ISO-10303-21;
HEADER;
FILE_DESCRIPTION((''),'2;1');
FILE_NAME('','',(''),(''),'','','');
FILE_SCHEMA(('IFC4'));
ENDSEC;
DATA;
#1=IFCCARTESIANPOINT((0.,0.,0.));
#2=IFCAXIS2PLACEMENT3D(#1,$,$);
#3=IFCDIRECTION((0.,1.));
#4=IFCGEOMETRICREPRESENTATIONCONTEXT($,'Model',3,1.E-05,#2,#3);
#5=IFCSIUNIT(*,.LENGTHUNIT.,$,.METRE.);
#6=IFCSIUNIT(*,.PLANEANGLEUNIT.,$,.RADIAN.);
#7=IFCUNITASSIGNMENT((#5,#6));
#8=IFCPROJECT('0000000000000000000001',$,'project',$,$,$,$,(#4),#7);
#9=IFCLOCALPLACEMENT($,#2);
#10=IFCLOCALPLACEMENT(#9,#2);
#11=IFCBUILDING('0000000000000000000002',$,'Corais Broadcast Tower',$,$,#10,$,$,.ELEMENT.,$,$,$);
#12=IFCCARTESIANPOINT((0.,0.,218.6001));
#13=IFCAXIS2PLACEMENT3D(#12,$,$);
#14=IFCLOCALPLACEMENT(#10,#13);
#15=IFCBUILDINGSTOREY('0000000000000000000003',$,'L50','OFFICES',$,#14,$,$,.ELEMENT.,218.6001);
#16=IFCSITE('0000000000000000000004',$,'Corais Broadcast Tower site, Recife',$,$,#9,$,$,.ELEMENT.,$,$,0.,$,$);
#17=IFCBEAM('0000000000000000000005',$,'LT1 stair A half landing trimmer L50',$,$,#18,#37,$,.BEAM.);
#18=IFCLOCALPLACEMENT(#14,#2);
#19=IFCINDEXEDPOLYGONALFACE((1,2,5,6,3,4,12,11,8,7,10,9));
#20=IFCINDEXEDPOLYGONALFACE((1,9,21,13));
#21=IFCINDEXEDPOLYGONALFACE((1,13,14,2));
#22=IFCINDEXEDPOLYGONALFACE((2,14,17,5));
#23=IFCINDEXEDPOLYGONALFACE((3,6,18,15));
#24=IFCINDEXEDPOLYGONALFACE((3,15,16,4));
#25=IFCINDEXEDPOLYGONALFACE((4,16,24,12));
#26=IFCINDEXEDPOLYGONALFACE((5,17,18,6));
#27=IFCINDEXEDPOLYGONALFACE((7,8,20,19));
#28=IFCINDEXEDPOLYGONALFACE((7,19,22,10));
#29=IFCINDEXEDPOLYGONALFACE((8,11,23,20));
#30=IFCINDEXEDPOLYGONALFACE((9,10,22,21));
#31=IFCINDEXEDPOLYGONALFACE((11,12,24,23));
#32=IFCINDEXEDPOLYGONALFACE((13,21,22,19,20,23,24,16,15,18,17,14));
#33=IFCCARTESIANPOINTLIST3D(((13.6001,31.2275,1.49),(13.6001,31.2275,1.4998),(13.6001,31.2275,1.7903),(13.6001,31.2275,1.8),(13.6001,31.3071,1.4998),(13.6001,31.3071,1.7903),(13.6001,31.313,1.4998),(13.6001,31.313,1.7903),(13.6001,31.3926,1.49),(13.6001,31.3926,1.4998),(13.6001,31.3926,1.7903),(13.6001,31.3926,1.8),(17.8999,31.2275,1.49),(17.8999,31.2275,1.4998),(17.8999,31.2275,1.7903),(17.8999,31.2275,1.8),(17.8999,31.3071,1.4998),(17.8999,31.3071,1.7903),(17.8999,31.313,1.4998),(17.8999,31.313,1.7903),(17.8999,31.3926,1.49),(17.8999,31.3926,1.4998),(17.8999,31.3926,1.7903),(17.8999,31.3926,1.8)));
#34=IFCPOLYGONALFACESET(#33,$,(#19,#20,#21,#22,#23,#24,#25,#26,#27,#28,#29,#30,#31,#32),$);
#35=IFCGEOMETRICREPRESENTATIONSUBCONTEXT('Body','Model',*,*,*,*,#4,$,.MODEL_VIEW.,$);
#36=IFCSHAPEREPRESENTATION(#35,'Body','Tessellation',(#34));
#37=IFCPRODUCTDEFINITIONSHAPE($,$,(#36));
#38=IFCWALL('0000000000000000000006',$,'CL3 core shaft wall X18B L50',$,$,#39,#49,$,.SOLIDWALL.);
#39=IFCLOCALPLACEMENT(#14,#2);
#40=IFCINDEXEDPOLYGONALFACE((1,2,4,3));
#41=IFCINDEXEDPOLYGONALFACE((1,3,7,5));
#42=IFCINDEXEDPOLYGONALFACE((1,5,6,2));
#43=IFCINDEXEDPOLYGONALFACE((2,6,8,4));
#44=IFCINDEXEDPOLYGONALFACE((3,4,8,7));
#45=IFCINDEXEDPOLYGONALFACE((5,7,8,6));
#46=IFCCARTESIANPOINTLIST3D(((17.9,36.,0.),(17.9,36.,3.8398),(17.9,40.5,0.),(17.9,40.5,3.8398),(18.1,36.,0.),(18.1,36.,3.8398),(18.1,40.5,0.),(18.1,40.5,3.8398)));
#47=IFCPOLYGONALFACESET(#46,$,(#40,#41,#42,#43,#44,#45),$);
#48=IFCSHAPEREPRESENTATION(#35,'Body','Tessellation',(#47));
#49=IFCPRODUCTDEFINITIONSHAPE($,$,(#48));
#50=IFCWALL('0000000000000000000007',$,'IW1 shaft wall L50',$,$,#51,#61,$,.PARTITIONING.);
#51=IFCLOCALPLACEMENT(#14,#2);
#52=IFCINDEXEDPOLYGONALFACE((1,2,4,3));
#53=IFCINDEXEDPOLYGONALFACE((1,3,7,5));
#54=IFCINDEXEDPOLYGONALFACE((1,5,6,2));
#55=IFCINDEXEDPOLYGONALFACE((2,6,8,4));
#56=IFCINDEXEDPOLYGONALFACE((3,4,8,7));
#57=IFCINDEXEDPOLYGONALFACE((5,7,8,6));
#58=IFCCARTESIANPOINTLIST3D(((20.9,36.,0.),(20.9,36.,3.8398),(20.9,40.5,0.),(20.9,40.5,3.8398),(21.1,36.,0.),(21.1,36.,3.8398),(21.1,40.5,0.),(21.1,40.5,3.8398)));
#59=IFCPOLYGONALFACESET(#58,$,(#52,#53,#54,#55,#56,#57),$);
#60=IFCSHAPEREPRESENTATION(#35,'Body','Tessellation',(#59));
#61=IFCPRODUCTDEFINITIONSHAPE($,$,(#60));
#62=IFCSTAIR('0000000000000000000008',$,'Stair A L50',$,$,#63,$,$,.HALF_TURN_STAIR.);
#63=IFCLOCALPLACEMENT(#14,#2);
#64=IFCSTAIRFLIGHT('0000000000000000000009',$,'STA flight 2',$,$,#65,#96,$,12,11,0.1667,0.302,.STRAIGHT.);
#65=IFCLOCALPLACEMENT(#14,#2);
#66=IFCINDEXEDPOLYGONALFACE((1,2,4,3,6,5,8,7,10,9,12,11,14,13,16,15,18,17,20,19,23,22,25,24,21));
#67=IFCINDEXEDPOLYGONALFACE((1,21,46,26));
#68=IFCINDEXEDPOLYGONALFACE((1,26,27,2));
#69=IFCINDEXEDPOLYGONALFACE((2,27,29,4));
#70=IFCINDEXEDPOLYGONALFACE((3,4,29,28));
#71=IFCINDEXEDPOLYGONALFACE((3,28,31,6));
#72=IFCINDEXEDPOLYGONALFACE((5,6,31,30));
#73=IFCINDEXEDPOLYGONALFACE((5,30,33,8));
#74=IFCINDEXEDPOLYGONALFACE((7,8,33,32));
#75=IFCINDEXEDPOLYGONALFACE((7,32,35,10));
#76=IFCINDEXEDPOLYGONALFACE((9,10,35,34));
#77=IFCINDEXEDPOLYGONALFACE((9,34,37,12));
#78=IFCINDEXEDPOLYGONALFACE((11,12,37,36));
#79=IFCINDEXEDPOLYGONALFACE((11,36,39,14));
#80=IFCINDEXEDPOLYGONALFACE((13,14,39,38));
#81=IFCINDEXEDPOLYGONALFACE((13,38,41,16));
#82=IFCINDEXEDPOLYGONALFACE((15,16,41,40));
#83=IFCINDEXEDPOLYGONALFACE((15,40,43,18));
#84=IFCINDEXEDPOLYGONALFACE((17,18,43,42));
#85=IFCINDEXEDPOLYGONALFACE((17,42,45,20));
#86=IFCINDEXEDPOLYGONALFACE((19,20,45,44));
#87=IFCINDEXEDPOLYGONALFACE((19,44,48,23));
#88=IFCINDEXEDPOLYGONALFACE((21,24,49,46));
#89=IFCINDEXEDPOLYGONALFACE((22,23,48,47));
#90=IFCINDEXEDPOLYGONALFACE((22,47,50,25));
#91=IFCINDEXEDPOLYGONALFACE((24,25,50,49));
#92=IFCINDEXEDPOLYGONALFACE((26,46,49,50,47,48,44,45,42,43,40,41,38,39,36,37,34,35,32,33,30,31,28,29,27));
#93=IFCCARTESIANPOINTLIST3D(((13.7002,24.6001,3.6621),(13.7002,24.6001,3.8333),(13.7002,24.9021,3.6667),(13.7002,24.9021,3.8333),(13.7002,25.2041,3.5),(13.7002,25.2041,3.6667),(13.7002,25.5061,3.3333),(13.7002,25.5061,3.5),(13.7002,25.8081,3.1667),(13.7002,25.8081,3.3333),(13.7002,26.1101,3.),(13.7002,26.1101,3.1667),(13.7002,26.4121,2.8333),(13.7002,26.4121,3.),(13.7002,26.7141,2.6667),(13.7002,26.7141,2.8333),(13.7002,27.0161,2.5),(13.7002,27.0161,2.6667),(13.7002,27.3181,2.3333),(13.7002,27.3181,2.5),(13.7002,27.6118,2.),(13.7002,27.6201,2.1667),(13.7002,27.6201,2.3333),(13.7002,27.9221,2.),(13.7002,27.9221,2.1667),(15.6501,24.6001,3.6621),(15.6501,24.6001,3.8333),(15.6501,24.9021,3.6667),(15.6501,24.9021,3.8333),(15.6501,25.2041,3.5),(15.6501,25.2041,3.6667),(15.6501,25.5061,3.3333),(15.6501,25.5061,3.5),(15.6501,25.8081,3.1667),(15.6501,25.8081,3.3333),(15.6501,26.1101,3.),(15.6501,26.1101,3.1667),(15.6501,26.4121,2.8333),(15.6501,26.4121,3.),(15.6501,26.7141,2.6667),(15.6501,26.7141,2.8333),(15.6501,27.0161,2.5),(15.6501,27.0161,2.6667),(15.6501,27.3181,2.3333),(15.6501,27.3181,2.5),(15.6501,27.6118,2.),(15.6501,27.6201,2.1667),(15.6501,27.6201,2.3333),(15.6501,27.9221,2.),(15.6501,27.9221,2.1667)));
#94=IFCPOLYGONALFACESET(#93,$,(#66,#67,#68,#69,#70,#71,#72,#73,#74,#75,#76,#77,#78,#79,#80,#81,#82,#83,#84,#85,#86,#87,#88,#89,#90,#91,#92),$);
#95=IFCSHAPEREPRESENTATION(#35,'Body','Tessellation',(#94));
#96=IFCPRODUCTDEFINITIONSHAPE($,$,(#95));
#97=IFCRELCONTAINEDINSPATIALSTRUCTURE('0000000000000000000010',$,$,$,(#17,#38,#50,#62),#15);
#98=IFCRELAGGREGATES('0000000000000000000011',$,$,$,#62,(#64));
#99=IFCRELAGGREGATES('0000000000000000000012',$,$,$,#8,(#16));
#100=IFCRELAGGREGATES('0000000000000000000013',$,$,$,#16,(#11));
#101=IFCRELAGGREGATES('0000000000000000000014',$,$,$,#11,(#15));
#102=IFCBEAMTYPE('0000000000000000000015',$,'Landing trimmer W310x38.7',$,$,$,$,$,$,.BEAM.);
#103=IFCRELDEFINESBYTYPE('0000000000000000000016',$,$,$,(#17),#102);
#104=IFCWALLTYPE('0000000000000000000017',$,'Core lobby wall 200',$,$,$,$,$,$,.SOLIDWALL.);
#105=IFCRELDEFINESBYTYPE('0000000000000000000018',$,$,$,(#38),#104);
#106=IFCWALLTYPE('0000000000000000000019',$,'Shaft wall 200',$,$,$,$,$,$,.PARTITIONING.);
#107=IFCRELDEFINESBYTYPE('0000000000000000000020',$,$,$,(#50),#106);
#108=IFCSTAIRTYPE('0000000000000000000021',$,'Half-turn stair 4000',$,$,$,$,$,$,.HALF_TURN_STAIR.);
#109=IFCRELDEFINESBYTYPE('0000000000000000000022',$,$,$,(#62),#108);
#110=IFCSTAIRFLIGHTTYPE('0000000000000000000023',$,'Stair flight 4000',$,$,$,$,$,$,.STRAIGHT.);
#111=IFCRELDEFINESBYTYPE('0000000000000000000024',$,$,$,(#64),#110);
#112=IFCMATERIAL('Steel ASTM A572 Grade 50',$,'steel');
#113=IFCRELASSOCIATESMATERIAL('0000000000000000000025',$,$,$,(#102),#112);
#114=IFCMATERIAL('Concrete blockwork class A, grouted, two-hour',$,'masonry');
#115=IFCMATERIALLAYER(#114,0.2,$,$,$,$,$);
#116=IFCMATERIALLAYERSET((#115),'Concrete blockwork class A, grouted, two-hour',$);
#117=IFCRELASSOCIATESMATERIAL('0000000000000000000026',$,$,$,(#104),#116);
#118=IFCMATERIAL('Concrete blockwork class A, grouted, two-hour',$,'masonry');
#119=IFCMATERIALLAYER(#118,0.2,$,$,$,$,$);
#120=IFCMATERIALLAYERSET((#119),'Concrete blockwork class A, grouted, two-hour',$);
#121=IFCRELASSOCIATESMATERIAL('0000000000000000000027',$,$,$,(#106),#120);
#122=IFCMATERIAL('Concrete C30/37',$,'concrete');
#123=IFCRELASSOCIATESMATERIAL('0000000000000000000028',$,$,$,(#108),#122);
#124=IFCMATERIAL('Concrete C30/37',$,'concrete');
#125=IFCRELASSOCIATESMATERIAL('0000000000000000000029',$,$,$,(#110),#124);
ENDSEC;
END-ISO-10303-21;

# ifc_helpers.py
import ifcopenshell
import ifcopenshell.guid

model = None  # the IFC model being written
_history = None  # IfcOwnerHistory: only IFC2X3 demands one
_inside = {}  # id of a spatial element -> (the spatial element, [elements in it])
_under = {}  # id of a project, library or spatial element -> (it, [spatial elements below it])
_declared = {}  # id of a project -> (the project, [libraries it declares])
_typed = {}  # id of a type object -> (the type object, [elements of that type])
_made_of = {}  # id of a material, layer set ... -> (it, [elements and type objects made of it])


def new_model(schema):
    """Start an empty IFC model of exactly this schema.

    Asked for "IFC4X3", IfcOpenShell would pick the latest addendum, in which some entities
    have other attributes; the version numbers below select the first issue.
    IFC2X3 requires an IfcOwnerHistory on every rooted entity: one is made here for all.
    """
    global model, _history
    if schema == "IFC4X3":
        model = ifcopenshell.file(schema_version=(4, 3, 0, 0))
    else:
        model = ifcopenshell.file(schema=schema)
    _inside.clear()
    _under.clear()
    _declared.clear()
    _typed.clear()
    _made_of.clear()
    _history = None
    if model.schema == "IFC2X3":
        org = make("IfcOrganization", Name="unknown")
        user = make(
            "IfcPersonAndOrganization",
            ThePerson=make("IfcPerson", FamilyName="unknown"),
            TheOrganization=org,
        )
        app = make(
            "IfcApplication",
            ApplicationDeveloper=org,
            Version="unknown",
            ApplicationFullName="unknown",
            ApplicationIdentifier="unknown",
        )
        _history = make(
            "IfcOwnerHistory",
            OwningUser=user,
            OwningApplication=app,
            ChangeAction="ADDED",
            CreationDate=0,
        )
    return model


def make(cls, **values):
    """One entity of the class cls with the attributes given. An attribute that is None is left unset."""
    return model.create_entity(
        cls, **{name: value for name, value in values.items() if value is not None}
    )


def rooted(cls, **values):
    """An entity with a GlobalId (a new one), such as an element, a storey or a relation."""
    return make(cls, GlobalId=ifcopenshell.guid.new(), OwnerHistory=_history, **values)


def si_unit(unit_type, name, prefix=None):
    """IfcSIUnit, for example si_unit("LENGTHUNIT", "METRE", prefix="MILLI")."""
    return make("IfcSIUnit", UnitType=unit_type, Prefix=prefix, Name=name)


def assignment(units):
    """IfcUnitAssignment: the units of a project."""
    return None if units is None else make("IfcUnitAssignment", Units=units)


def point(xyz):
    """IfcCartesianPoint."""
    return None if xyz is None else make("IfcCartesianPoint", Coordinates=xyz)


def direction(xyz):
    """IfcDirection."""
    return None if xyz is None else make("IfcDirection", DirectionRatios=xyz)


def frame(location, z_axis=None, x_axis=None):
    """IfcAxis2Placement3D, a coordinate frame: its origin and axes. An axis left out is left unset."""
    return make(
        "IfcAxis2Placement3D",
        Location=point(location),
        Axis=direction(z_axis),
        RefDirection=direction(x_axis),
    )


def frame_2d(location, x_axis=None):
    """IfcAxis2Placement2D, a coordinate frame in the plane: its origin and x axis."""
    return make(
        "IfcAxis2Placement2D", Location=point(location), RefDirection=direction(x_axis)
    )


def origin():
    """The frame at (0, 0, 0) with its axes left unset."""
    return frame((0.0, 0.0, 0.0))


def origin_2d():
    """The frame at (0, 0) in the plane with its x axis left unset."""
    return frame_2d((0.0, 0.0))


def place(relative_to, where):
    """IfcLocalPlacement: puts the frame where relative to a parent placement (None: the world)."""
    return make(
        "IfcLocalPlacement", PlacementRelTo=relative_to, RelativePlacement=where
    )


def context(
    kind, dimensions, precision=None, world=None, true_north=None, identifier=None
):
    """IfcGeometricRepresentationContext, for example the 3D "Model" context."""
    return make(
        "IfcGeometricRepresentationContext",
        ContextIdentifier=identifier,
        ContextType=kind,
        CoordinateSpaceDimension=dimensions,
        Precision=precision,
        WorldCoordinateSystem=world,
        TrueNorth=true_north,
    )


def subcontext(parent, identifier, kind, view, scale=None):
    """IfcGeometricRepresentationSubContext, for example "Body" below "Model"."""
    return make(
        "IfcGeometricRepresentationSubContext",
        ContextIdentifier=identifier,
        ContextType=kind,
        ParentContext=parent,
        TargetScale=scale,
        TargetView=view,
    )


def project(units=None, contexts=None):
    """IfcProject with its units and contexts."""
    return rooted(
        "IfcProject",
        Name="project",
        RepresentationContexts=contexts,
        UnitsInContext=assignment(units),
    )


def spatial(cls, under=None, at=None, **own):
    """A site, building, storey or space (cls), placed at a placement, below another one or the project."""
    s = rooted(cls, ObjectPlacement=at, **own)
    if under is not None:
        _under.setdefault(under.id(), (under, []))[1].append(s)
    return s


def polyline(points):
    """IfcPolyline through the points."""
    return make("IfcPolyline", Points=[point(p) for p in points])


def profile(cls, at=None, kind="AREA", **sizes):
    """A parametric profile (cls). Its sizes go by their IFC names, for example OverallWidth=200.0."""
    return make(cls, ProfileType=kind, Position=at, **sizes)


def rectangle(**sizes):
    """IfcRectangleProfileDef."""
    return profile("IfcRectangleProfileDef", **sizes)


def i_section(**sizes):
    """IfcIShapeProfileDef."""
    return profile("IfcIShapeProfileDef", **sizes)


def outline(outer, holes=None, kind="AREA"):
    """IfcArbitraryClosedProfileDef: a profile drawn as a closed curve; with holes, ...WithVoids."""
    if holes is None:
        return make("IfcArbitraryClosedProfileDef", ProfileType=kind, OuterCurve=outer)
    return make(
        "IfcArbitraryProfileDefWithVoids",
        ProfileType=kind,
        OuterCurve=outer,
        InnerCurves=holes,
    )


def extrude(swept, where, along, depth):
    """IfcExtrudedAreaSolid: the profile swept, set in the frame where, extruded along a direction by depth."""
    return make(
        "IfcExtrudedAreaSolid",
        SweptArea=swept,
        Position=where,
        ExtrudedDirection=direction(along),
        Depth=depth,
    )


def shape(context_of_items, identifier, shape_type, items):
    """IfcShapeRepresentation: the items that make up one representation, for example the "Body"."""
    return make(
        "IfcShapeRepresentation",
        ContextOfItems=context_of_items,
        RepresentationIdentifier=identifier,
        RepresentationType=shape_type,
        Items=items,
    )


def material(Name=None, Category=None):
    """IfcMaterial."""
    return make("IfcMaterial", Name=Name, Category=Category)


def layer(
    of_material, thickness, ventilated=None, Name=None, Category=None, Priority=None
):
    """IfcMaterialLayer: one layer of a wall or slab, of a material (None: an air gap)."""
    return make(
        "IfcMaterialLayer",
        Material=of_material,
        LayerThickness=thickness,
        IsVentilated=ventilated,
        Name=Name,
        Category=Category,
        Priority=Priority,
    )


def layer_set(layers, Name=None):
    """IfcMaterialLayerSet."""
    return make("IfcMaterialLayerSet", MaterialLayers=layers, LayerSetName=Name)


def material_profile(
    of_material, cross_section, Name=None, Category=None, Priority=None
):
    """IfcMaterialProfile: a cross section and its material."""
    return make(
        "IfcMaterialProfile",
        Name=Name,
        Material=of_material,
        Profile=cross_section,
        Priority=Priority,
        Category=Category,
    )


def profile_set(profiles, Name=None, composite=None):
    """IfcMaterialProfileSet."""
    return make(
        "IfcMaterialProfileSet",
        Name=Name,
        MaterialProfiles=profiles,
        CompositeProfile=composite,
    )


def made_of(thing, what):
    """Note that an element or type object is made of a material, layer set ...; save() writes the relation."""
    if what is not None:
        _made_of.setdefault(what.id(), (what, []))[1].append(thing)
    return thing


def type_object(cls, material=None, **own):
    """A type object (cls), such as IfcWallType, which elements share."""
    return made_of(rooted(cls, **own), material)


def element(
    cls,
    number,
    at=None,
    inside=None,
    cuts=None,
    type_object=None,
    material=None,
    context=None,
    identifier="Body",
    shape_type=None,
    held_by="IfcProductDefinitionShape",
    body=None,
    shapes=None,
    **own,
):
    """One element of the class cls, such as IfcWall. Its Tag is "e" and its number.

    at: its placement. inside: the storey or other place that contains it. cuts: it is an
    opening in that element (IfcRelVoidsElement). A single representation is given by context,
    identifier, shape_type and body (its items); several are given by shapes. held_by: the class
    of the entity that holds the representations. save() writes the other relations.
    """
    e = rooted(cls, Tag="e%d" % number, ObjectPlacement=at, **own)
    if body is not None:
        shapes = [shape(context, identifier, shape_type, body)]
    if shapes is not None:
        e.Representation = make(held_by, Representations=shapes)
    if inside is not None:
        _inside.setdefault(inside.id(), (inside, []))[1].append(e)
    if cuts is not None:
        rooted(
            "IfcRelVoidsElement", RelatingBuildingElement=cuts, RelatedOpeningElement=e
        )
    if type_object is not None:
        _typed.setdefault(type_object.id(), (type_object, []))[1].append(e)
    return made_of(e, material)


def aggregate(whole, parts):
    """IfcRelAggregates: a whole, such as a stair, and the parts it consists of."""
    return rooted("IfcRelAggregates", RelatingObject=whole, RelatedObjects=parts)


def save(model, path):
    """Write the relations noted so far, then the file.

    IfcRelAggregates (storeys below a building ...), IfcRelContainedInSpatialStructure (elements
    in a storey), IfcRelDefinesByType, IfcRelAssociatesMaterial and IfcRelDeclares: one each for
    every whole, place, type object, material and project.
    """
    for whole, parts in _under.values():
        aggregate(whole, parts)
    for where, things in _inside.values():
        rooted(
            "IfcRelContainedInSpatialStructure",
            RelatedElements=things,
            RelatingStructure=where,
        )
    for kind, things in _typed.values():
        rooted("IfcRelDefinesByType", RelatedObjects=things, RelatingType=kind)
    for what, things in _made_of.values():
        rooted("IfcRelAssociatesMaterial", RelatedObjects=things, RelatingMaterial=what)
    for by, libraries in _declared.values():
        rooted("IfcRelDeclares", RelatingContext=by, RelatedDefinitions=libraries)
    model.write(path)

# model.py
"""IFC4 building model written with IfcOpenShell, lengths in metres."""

from ifc_helpers import new_model, si_unit, direction, frame, frame_2d, origin, origin_2d, place, context, subcontext, project, spatial, polyline, rectangle, i_section, outline, extrude, material, layer, layer_set, material_profile, profile_set, type_object, element, aggregate, save


model = new_model("IFC4")

# Units and contexts
model_context = context("Model", 3, precision=1e-05, world=origin(), true_north=direction((0.0, 1.0)))
body_context = subcontext(model_context, "Body", "Model", "MODEL_VIEW")
ifc_project = project(units=[si_unit("LENGTHUNIT", "METRE"), si_unit("PLANEANGLEUNIT", "RADIAN")], contexts=[model_context])

# Site, building, storey
site_placement = place(None, origin())
site = spatial("IfcSite", under=ifc_project, at=site_placement, Name="Corais Broadcast Tower site, Recife", CompositionType="ELEMENT", RefElevation=0.0)
building_placement = place(site_placement, origin())
building = spatial("IfcBuilding", under=site, at=building_placement, Name="Corais Broadcast Tower", CompositionType="ELEMENT")
storey_placement = place(building_placement, frame((0.0, 0.0, 218.6001)))
storey = spatial("IfcBuildingStorey", under=building, at=storey_placement, Name="L50", Description="OFFICES", CompositionType="ELEMENT", Elevation=218.6001)

# Beam
ifc_material_1 = material(Name="Steel ASTM A572 Grade 50", Category="steel")
ifc_material_profile = material_profile(ifc_material_1, i_section(OverallWidth=0.165, OverallDepth=0.3101, WebThickness=0.0059, FlangeThickness=0.0098, at=origin_2d()), Name="W310x38.7")
ifc_profile_set = profile_set([ifc_material_profile], Name="Steel ASTM A572 Grade 50")
beam_type = type_object("IfcBeamType", Name="Landing trimmer W310x38.7", PredefinedType="BEAM", material=ifc_profile_set)
beam_placement = place(storey_placement, frame((13.6001, 31.3101, 1.645), z_axis=(1.0, 0.0, 0.0), x_axis=(0.0, 1.0, 0.0)))
element("IfcBeam", 1, at=beam_placement, inside=storey, type_object=beam_type, Name="LT1 stair A half landing trimmer L50", PredefinedType="BEAM", context=body_context, shape_type="SweptSolid", body=[
    extrude(i_section(OverallWidth=0.165, OverallDepth=0.3101, WebThickness=0.0059, FlangeThickness=0.0098, at=origin_2d()), origin(), (0.0, 0.0, 1.0), 4.2998),
])

# Walls
ifc_material_2 = material(Name="Concrete blockwork class A, grouted, two-hour", Category="masonry")
ifc_layer_1 = layer(ifc_material_2, 0.2)
ifc_layer_set_1 = layer_set([ifc_layer_1], Name="Concrete blockwork class A, grouted, two-hour")
wall_type_1 = type_object("IfcWallType", Name="Core lobby wall 200", PredefinedType="SOLIDWALL", material=ifc_layer_set_1)
wall_1_placement = place(storey_placement, frame((18.0, 36.0, 0.0), z_axis=(0.0, 0.0, 1.0), x_axis=(0.0, 1.0, 0.0)))
element("IfcWall", 2, at=wall_1_placement, inside=storey, type_object=wall_type_1, Name="CL3 core shaft wall X18B L50", PredefinedType="SOLIDWALL", context=body_context, shape_type="SweptSolid", body=[
    extrude(rectangle(XDim=4.5, YDim=0.2, at=frame_2d((2.25, 0.0))), origin(), (0.0, 0.0, 1.0), 3.8398),
])
ifc_material_3 = material(Name="Concrete blockwork class A, grouted, two-hour", Category="masonry")
ifc_layer_2 = layer(ifc_material_3, 0.2)
ifc_layer_set_2 = layer_set([ifc_layer_2], Name="Concrete blockwork class A, grouted, two-hour")
wall_type_2 = type_object("IfcWallType", Name="Shaft wall 200", PredefinedType="PARTITIONING", material=ifc_layer_set_2)
wall_2_placement = place(storey_placement, frame((21.0, 36.0, 0.0), z_axis=(0.0, 0.0, 1.0), x_axis=(0.0, 1.0, 0.0)))
element("IfcWall", 3, at=wall_2_placement, inside=storey, type_object=wall_type_2, Name="IW1 shaft wall L50", PredefinedType="PARTITIONING", context=body_context, shape_type="SweptSolid", body=[
    extrude(rectangle(XDim=4.5, YDim=0.2, at=frame_2d((2.25, 0.0))), origin(), (0.0, 0.0, 1.0), 3.8398),
])

# Stair, stair flight
ifc_material_4 = material(Name="Concrete C30/37", Category="concrete")
stair_type = type_object("IfcStairType", Name="Half-turn stair 4000", PredefinedType="HALF_TURN_STAIR", material=ifc_material_4)
stair_placement = place(storey_placement, origin())
stair = element("IfcStair", 4, at=stair_placement, inside=storey, type_object=stair_type, Name="Stair A L50", PredefinedType="HALF_TURN_STAIR")
ifc_material_5 = material(Name="Concrete C30/37", Category="concrete")
stair_flight_type = type_object("IfcStairFlightType", Name="Stair flight 4000", PredefinedType="STRAIGHT", material=ifc_material_5)
stair_flight_placement = place(storey_placement, frame((14.675, 27.9221, 2.0), z_axis=(0.0, 0.0, 1.0), x_axis=(0.0, -1.0, 0.0)))
stair_flight = element("IfcStairFlight", 5, at=stair_flight_placement, type_object=stair_flight_type, Name="STA flight 2", NumberOfRisers=12, NumberOfTreads=11, PredefinedType="STRAIGHT", RiserHeight=0.1667, TreadLength=0.302, context=body_context, shape_type="SweptSolid", body=[
    extrude(outline(polyline([(0.0, 0.0), (0.0, 0.1667), (0.302, 0.1667), (0.302, 0.3333), (0.604, 0.3333), (0.604, 0.5), (0.906, 0.5), (0.906, 0.6667), (1.208, 0.6667), (1.208, 0.8333), (1.51, 0.8333), (1.51, 1.0), (1.812, 1.0), (1.812, 1.1667), (2.114, 1.1667), (2.114, 1.3333), (2.416, 1.3333), (2.416, 1.5), (2.718, 1.5), (2.718, 1.6667), (3.02, 1.6667), (3.02, 1.8333), (3.322, 1.8333), (3.322, 2.0), (3.322, 1.6621), (0.3103, 0.0), (0.0, 0.0)])), frame((0.0, 0.9751, 0.0), z_axis=(0.0, -1.0, 0.0), x_axis=(1.0, 0.0, 0.0)), (0.0, 0.0, 1.0), 1.95),
])
aggregate(stair, [stair_flight])

save(model, "model.ifc")
